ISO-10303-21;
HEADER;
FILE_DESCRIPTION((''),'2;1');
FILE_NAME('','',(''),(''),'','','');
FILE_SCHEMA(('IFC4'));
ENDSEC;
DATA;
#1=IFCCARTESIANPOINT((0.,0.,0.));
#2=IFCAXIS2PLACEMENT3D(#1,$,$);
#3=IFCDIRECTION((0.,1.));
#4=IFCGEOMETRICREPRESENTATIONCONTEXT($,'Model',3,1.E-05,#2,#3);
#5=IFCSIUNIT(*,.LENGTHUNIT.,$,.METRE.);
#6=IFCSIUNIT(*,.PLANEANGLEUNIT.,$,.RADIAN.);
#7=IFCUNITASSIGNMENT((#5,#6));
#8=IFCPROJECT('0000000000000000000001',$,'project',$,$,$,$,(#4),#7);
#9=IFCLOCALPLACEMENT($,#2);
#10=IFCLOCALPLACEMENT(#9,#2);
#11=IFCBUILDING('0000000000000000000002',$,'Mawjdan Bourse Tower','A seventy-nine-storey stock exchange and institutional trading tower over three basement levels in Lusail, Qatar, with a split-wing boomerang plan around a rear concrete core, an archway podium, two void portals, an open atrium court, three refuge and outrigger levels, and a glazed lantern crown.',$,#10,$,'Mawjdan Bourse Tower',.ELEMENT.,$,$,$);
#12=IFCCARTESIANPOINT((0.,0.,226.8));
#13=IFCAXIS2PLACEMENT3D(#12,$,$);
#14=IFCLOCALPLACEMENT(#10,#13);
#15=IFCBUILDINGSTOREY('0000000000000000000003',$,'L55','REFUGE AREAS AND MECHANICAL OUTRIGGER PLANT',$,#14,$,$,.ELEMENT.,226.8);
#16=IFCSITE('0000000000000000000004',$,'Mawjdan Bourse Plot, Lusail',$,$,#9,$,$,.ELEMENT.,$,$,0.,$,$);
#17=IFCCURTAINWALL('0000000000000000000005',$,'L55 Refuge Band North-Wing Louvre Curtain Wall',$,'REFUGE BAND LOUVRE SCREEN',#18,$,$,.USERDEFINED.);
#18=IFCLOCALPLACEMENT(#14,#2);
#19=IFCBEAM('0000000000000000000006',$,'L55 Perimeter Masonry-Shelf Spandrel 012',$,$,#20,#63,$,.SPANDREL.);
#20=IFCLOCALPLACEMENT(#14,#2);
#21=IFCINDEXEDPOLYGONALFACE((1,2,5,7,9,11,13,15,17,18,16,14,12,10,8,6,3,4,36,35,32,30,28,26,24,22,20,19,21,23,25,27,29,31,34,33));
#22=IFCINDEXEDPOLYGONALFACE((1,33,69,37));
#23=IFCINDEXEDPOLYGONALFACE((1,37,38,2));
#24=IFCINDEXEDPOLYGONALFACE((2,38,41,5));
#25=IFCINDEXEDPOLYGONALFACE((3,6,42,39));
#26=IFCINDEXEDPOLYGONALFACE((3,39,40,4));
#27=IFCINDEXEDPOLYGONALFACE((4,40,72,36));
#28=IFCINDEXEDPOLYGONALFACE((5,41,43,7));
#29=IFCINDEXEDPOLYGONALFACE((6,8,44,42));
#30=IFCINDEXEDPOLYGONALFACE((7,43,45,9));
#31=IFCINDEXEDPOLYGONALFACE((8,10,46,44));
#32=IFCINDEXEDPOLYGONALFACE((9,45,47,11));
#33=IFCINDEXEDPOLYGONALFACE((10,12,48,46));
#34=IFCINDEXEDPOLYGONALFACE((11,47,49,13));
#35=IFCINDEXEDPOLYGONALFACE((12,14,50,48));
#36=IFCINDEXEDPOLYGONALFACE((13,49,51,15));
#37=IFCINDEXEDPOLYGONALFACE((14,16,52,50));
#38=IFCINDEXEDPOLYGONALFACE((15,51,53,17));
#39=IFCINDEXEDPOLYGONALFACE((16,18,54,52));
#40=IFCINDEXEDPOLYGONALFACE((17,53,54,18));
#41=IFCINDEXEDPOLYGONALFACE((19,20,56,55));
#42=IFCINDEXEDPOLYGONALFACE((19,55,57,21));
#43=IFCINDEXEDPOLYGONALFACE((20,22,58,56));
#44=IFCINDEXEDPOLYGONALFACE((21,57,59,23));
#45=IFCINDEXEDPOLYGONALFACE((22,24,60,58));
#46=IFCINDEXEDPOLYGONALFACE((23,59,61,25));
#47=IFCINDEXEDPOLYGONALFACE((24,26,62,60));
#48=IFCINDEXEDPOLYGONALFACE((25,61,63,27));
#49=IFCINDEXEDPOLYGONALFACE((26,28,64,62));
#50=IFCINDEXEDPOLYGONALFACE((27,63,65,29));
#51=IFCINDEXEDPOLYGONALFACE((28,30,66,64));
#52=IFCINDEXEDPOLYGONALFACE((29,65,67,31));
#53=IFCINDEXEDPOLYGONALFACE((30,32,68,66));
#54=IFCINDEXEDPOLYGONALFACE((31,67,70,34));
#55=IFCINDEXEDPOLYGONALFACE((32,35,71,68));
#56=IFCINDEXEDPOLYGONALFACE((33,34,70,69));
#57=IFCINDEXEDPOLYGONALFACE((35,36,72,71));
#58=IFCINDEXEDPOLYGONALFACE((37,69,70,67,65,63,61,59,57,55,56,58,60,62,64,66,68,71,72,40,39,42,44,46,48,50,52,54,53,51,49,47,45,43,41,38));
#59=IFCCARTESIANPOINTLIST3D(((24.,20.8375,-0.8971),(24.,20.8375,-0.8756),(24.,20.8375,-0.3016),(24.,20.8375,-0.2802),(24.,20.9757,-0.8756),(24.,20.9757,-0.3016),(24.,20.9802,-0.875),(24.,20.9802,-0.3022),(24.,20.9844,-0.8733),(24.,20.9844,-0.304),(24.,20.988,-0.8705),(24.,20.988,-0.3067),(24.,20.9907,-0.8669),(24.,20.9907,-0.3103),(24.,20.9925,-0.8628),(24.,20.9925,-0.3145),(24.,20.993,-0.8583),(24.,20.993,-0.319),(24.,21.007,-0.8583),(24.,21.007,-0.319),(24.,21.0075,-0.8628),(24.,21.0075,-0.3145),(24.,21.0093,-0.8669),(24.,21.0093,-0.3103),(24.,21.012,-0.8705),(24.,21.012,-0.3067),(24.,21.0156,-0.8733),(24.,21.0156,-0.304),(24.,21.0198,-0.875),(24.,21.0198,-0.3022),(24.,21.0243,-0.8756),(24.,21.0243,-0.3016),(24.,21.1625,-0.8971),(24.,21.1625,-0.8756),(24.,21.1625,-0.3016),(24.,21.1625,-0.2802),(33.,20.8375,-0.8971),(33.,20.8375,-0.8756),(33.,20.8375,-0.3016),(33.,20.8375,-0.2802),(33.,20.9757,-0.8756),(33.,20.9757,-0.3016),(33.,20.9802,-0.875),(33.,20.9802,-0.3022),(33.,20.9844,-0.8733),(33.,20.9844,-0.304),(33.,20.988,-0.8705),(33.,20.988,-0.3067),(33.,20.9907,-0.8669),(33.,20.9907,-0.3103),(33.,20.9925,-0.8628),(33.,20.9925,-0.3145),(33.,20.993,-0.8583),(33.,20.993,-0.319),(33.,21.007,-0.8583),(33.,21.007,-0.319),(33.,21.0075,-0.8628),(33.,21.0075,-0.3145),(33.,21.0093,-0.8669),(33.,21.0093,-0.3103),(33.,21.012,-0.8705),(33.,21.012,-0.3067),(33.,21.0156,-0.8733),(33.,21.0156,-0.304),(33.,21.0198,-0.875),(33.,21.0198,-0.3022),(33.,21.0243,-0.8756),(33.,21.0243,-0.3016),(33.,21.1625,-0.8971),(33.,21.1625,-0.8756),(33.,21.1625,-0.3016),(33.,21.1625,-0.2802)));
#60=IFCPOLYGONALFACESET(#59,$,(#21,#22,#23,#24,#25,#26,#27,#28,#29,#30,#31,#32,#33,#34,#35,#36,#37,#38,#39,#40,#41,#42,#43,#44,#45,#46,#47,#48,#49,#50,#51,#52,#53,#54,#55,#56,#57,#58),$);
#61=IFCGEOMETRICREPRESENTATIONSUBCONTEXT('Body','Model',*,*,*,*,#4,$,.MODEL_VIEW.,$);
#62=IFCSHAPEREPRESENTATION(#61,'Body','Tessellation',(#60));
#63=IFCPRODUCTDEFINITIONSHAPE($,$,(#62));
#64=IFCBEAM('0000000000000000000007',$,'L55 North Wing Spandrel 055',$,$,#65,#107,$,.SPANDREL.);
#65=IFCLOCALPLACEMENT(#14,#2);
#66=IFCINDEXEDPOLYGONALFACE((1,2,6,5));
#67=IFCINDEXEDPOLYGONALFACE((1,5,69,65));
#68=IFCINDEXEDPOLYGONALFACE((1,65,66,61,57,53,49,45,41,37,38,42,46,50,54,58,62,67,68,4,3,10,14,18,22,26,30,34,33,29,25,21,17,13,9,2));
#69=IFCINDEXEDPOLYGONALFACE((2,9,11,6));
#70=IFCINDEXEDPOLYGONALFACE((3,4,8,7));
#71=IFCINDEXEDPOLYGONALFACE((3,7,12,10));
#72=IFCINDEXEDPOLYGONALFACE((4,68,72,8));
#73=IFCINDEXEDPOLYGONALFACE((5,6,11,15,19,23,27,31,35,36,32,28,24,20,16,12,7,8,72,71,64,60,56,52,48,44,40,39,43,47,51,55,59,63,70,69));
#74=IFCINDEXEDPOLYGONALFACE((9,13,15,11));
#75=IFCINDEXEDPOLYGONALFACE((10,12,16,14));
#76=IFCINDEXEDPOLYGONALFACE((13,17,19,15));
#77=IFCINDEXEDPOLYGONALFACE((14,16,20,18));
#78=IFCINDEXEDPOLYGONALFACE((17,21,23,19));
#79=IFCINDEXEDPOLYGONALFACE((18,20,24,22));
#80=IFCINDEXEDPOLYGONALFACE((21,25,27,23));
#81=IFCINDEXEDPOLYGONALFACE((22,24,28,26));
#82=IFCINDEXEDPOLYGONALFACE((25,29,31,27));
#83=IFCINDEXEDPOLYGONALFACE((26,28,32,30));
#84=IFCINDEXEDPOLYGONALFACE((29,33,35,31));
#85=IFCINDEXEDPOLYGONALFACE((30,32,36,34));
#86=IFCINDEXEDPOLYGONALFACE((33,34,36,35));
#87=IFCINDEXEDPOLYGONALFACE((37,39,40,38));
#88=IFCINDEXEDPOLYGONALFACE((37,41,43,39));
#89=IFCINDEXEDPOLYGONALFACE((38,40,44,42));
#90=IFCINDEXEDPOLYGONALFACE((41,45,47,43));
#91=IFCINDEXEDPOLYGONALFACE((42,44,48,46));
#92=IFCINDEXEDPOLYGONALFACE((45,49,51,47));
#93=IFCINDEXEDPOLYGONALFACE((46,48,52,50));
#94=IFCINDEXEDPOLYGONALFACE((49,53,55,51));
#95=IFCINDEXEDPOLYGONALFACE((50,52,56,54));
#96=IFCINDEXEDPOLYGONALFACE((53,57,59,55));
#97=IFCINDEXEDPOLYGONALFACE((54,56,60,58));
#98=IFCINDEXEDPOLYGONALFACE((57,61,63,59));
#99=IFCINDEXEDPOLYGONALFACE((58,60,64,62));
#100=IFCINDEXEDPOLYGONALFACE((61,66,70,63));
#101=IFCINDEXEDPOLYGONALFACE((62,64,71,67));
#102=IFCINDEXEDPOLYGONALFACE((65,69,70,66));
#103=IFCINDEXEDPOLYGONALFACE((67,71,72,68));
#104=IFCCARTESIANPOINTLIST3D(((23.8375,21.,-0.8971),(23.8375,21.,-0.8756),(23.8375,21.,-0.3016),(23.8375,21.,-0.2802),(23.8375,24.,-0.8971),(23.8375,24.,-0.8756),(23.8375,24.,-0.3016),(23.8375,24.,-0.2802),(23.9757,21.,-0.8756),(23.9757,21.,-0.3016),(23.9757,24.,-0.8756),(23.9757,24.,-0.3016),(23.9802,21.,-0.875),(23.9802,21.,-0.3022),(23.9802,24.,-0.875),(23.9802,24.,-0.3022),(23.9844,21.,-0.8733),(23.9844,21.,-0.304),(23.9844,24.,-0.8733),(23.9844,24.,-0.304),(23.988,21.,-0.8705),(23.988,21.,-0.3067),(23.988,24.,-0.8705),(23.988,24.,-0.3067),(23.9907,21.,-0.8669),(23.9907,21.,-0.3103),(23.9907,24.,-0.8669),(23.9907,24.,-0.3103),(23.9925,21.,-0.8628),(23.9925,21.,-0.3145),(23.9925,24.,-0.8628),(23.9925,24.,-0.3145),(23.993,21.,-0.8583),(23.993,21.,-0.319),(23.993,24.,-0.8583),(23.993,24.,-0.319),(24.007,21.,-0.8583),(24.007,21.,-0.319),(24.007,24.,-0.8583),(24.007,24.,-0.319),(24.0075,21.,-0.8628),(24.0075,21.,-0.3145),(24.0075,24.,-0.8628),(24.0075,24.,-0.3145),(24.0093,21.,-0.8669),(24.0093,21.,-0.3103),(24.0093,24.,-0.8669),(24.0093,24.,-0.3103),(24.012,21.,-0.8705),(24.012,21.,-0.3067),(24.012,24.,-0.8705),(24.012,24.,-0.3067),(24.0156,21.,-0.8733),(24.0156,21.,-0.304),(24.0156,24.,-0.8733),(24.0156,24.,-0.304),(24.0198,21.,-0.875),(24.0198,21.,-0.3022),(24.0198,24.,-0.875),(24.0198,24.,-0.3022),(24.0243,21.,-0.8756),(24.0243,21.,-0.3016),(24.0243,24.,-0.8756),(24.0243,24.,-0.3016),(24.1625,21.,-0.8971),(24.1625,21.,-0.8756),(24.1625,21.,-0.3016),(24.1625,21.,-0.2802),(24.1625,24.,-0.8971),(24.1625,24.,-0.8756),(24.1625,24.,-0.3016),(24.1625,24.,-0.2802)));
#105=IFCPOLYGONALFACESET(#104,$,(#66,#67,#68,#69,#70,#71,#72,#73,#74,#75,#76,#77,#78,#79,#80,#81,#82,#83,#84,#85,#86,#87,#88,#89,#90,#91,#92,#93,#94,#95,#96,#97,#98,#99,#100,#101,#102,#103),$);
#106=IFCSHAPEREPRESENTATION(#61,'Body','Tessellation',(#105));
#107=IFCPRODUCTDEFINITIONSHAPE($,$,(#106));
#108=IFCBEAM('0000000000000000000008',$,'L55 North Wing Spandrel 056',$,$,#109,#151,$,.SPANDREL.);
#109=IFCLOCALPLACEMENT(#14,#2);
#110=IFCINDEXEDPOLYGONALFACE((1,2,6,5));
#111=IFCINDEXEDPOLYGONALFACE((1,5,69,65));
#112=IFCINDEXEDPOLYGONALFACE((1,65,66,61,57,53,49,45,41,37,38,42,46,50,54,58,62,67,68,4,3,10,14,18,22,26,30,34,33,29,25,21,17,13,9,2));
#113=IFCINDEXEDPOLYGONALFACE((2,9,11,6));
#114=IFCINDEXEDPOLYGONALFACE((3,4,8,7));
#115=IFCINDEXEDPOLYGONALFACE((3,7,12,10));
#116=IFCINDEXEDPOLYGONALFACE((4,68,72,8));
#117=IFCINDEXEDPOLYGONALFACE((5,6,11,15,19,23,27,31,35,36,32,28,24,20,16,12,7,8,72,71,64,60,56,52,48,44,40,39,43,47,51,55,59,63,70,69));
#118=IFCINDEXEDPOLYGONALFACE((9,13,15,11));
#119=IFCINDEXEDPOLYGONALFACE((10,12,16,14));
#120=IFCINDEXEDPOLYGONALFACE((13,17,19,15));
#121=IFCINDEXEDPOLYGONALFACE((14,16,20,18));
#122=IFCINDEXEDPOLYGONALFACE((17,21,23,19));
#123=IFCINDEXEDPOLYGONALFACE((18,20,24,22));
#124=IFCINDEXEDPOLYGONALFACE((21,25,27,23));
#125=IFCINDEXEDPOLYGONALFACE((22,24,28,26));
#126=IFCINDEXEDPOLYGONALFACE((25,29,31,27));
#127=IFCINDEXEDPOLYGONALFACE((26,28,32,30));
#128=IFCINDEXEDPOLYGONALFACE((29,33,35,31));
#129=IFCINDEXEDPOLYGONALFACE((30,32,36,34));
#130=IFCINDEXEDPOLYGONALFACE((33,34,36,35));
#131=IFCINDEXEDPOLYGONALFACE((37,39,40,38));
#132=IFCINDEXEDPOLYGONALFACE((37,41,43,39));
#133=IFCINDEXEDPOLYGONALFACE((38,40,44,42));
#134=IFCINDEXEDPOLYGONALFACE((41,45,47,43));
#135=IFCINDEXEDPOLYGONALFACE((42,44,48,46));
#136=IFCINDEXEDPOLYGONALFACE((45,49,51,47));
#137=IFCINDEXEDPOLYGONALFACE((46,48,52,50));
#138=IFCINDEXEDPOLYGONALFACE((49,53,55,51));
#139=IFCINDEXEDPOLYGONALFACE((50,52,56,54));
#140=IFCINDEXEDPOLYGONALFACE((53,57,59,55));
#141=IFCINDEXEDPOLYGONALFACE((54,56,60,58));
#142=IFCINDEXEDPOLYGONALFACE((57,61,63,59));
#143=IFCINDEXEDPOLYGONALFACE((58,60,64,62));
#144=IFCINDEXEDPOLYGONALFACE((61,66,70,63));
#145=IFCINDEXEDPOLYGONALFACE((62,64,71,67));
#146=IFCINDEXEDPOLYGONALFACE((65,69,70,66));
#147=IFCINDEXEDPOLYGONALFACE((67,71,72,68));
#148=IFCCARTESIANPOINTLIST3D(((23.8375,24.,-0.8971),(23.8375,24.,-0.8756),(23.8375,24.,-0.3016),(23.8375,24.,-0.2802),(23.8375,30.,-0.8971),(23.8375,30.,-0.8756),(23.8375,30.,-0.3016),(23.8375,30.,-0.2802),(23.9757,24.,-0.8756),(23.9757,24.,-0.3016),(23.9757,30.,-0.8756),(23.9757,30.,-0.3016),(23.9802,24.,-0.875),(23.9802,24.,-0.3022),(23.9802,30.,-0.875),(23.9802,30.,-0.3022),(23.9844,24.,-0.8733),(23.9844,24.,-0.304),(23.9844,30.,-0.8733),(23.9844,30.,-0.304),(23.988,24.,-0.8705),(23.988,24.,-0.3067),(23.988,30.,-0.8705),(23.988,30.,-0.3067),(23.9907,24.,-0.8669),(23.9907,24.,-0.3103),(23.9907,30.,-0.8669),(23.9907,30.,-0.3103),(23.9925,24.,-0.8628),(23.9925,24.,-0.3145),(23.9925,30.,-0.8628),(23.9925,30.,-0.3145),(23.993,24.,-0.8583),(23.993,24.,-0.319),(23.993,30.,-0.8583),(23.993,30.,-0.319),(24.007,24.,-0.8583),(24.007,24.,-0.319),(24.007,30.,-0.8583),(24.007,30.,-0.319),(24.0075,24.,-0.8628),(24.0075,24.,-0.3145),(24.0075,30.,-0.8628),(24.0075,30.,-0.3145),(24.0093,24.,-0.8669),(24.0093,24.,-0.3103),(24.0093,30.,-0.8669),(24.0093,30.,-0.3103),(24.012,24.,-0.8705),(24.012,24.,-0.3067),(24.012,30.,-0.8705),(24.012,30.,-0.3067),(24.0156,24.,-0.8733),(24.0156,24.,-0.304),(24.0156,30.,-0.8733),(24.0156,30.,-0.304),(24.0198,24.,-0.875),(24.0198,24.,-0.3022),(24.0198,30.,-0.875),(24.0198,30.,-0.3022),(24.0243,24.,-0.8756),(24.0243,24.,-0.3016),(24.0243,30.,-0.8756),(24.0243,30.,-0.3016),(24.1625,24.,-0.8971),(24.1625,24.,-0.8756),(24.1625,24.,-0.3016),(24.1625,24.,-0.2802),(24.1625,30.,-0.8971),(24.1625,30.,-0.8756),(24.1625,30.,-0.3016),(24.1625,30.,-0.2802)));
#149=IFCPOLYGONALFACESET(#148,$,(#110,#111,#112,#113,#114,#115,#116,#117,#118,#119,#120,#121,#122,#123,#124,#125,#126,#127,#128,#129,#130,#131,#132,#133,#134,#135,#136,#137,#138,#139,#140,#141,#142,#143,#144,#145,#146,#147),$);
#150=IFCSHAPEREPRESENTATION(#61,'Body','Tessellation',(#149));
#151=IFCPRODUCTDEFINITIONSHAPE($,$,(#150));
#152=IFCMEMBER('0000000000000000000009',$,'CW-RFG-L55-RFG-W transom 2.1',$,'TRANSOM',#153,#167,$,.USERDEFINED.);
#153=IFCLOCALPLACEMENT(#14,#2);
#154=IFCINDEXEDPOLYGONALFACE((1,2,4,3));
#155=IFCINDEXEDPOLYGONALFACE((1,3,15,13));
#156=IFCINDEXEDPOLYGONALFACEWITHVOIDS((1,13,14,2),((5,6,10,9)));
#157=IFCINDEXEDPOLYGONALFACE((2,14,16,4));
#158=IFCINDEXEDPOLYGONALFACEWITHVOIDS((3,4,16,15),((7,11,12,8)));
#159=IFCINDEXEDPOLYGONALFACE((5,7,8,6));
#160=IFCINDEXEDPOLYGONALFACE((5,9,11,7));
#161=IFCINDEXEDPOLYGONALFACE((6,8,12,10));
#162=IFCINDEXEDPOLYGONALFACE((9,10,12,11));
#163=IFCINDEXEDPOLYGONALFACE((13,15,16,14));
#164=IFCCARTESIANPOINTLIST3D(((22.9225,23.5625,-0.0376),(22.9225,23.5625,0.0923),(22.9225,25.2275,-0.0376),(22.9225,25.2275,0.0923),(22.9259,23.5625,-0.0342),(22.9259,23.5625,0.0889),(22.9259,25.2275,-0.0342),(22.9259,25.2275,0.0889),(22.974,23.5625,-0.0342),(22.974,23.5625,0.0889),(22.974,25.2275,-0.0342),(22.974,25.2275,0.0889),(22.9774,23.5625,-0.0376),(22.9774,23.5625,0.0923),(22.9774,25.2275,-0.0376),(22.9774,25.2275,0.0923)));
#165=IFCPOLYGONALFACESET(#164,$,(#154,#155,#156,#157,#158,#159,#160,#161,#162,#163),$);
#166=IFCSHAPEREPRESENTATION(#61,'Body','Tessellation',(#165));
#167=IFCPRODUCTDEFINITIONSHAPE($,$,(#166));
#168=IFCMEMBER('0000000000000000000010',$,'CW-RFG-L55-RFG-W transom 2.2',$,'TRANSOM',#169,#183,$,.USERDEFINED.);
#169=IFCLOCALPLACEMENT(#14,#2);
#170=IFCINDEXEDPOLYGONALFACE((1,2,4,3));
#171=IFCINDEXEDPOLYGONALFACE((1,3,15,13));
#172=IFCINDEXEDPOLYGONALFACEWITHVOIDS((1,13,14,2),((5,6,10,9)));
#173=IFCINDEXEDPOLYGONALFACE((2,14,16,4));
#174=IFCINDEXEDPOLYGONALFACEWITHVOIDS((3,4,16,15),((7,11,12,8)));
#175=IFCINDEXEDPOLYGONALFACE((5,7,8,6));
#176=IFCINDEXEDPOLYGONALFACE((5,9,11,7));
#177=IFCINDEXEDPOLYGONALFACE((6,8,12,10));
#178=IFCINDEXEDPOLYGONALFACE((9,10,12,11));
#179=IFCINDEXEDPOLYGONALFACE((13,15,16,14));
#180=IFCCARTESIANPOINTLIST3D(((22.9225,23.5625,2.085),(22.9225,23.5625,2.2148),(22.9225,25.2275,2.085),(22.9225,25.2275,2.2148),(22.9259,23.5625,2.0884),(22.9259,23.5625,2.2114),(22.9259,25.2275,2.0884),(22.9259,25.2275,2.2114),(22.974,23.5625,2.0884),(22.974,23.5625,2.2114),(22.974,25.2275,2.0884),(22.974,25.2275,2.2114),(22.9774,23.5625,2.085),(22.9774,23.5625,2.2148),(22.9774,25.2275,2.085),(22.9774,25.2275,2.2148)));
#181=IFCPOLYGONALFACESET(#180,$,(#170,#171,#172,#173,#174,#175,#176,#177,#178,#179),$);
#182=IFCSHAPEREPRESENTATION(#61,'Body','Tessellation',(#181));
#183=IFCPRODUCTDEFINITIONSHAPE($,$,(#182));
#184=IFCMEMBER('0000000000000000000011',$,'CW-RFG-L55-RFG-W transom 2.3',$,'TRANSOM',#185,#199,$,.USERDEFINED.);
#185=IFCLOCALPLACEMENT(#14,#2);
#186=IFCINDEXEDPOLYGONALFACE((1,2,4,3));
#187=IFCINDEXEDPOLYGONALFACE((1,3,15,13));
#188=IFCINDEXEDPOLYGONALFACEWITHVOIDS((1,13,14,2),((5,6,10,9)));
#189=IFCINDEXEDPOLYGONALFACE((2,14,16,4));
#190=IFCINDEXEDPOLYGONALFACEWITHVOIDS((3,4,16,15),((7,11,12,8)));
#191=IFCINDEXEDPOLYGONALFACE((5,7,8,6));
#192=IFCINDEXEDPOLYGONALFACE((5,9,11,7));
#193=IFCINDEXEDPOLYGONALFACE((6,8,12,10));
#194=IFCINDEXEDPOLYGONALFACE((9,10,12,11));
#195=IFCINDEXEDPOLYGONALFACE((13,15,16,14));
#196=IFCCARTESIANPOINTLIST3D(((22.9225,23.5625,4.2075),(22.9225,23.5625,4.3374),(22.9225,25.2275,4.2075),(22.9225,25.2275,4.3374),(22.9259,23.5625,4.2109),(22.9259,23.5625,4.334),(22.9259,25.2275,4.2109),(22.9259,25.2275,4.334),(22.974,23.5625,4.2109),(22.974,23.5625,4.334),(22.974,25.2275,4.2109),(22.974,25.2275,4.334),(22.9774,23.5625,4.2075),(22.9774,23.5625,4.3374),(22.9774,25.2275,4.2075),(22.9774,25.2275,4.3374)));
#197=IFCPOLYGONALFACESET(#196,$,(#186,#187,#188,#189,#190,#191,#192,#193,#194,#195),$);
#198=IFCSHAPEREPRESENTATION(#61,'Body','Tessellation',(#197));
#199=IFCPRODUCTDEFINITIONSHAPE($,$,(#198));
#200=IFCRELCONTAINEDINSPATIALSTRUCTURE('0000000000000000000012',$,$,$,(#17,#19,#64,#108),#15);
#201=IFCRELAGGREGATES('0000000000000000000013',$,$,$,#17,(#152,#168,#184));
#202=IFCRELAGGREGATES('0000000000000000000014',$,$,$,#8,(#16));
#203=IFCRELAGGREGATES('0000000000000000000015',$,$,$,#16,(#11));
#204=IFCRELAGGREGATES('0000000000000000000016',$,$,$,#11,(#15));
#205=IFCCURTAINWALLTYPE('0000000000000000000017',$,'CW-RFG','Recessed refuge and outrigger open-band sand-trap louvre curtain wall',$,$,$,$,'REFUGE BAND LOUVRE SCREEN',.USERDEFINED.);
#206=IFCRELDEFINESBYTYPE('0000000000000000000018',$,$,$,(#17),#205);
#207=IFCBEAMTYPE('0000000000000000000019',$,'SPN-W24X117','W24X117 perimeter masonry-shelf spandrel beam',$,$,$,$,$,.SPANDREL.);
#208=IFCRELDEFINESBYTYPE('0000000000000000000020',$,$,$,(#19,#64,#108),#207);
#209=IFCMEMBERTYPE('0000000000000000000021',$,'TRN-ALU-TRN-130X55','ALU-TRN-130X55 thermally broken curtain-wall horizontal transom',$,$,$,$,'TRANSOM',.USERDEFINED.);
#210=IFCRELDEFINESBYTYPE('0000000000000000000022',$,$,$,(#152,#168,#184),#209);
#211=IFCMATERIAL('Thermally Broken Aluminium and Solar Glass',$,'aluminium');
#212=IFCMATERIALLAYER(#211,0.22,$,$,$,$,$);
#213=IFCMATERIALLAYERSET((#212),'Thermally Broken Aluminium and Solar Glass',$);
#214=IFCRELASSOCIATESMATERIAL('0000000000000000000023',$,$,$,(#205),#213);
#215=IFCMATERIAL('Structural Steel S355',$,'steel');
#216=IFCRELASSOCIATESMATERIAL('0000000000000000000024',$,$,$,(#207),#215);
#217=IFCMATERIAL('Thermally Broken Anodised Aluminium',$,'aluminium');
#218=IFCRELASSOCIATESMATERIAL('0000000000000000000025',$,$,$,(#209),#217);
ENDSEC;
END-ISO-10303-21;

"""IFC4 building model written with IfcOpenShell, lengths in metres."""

from ifc_helpers import new_model, si_unit, direction, frame, origin, origin_2d, place, context, subcontext, project, spatial, hollow_rectangle, i_section, extrude, material, layer, layer_set, material_profile, profile_set, type_object, element, aggregate, save


model = new_model("IFC4")

# Units and contexts
model_context = context("Model", 3, precision=1e-05, world=origin(), true_north=direction((0.0, 1.0)))
body_context = subcontext(model_context, "Body", "Model", "MODEL_VIEW")
ifc_project = project(units=[si_unit("LENGTHUNIT", "METRE"), si_unit("PLANEANGLEUNIT", "RADIAN")], contexts=[model_context])

# Site, building, storey
site_placement = place(None, origin())
site = spatial("IfcSite", under=ifc_project, at=site_placement, Name="Mawjdan Bourse Plot, Lusail", CompositionType="ELEMENT", RefElevation=0.0)
building_placement = place(site_placement, origin())
building = spatial("IfcBuilding", under=site, at=building_placement, Name="Mawjdan Bourse Tower", Description="A seventy-nine-storey stock exchange and institutional trading tower over three basement levels in Lusail, Qatar, with a split-wing boomerang plan around a rear concrete core, an archway podium, two void portals, an open atrium court, three refuge and outrigger levels, and a glazed lantern crown.", LongName="Mawjdan Bourse Tower", CompositionType="ELEMENT")
storey_placement = place(building_placement, frame((0.0, 0.0, 226.8)))
storey = spatial("IfcBuildingStorey", under=building, at=storey_placement, Name="L55", Description="REFUGE AREAS AND MECHANICAL OUTRIGGER PLANT", CompositionType="ELEMENT", Elevation=226.8)

# Curtain wall
ifc_material_1 = material(Name="Thermally Broken Aluminium and Solar Glass", Category="aluminium")
ifc_layer_1 = layer(ifc_material_1, 0.22)
ifc_layer_set_1 = layer_set([ifc_layer_1], Name="Thermally Broken Aluminium and Solar Glass")
curtain_wall_type = type_object("IfcCurtainWallType", Name="CW-RFG", Description="Recessed refuge and outrigger open-band sand-trap louvre curtain wall", ElementType="REFUGE BAND LOUVRE SCREEN", PredefinedType="USERDEFINED", material=ifc_layer_set_1)
curtain_wall_placement = place(storey_placement, origin())
curtain_wall = element("IfcCurtainWall", 1, at=curtain_wall_placement, inside=storey, type_object=curtain_wall_type, Name="L55 Refuge Band North-Wing Louvre Curtain Wall", ObjectType="REFUGE BAND LOUVRE SCREEN", PredefinedType="USERDEFINED")
ifc_material_2 = material(Name="Thermally Broken Anodised Aluminium", Category="aluminium")

# Beams
ifc_material_3 = material(Name="Structural Steel S355", Category="steel")
ifc_material_profile_1 = material_profile(ifc_material_3, i_section(OverallWidth=0.325, OverallDepth=0.6169, WebThickness=0.0139, FlangeThickness=0.0215, FilletRadius=0.0173, at=origin_2d()), Name="W24X117")
ifc_profile_set_1 = profile_set([ifc_material_profile_1], Name="Structural Steel S355")
beam_type = type_object("IfcBeamType", Name="SPN-W24X117", Description="W24X117 perimeter masonry-shelf spandrel beam", PredefinedType="SPANDREL", material=ifc_profile_set_1)
beam_1_placement = place(storey_placement, frame((24.0, 21.0, -0.5886), z_axis=(1.0, 0.0, 0.0), x_axis=(0.0, 1.0, 0.0)))
element("IfcBeam", 2, at=beam_1_placement, inside=storey, type_object=beam_type, Name="L55 Perimeter Masonry-Shelf Spandrel 012", PredefinedType="SPANDREL", context=body_context, shape_type="SweptSolid", body=[
    extrude(i_section(OverallWidth=0.325, OverallDepth=0.6169, WebThickness=0.0139, FlangeThickness=0.0215, FilletRadius=0.0173, at=origin_2d()), origin(), (0.0, 0.0, 1.0), 9.0),
])
beam_2_placement = place(storey_placement, frame((24.0, 21.0, -0.5886), z_axis=(0.0, 1.0, 0.0), x_axis=(-1.0, 0.0, 0.0)))
element("IfcBeam", 3, at=beam_2_placement, inside=storey, type_object=beam_type, Name="L55 North Wing Spandrel 055", PredefinedType="SPANDREL", context=body_context, shape_type="SweptSolid", body=[
    extrude(i_section(OverallWidth=0.325, OverallDepth=0.6169, WebThickness=0.0139, FlangeThickness=0.0215, FilletRadius=0.0173, at=origin_2d()), origin(), (0.0, 0.0, 1.0), 3.0),
])
beam_3_placement = place(storey_placement, frame((24.0, 24.0, -0.5886), z_axis=(0.0, 1.0, 0.0), x_axis=(-1.0, 0.0, 0.0)))
element("IfcBeam", 4, at=beam_3_placement, inside=storey, type_object=beam_type, Name="L55 North Wing Spandrel 056", PredefinedType="SPANDREL", context=body_context, shape_type="SweptSolid", body=[
    extrude(i_section(OverallWidth=0.325, OverallDepth=0.6169, WebThickness=0.0139, FlangeThickness=0.0215, FilletRadius=0.0173, at=origin_2d()), origin(), (0.0, 0.0, 1.0), 6.0),
])

# Members
ifc_material_profile_2 = material_profile(ifc_material_2, hollow_rectangle(XDim=0.0549, YDim=0.1299, WallThickness=0.0034, at=origin_2d()), Name="ALU-TRN-130X55")
ifc_profile_set_2 = profile_set([ifc_material_profile_2], Name="Thermally Broken Anodised Aluminium")
member_type_1 = type_object("IfcMemberType", Name="TRN-ALU-TRN-130X55", Description="ALU-TRN-130X55 thermally broken curtain-wall horizontal transom", ElementType="TRANSOM", PredefinedType="USERDEFINED", material=ifc_profile_set_2)
member_1_placement = place(storey_placement, frame((22.95, 23.5625, 0.0273), z_axis=(0.0, 1.0, 0.0), x_axis=(-1.0, 0.0, 0.0)))
member_1 = element("IfcMember", 5, at=member_1_placement, type_object=member_type_1, Name="CW-RFG-L55-RFG-W transom 2.1", ObjectType="TRANSOM", PredefinedType="USERDEFINED", context=body_context, shape_type="SweptSolid", body=[
    extrude(hollow_rectangle(XDim=0.0549, YDim=0.1299, WallThickness=0.0034, at=origin_2d()), origin(), (0.0, 0.0, 1.0), 1.665),
])
member_2_placement = place(storey_placement, frame((22.95, 23.5625, 2.1499), z_axis=(0.0, 1.0, 0.0), x_axis=(-1.0, 0.0, 0.0)))
member_2 = element("IfcMember", 6, at=member_2_placement, type_object=member_type_1, Name="CW-RFG-L55-RFG-W transom 2.2", ObjectType="TRANSOM", PredefinedType="USERDEFINED", context=body_context, shape_type="SweptSolid", body=[
    extrude(hollow_rectangle(XDim=0.0549, YDim=0.1299, WallThickness=0.0034, at=origin_2d()), origin(), (0.0, 0.0, 1.0), 1.665),
])
member_3_placement = place(storey_placement, frame((22.95, 23.5625, 4.2725), z_axis=(0.0, 1.0, 0.0), x_axis=(-1.0, 0.0, 0.0)))
member_3 = element("IfcMember", 7, at=member_3_placement, type_object=member_type_1, Name="CW-RFG-L55-RFG-W transom 2.3", ObjectType="TRANSOM", PredefinedType="USERDEFINED", context=body_context, shape_type="SweptSolid", body=[
    extrude(hollow_rectangle(XDim=0.0549, YDim=0.1299, WallThickness=0.0034, at=origin_2d()), origin(), (0.0, 0.0, 1.0), 1.665),
])

aggregate(curtain_wall, [member_1, member_2, member_3])

save(model, "model.ifc")
